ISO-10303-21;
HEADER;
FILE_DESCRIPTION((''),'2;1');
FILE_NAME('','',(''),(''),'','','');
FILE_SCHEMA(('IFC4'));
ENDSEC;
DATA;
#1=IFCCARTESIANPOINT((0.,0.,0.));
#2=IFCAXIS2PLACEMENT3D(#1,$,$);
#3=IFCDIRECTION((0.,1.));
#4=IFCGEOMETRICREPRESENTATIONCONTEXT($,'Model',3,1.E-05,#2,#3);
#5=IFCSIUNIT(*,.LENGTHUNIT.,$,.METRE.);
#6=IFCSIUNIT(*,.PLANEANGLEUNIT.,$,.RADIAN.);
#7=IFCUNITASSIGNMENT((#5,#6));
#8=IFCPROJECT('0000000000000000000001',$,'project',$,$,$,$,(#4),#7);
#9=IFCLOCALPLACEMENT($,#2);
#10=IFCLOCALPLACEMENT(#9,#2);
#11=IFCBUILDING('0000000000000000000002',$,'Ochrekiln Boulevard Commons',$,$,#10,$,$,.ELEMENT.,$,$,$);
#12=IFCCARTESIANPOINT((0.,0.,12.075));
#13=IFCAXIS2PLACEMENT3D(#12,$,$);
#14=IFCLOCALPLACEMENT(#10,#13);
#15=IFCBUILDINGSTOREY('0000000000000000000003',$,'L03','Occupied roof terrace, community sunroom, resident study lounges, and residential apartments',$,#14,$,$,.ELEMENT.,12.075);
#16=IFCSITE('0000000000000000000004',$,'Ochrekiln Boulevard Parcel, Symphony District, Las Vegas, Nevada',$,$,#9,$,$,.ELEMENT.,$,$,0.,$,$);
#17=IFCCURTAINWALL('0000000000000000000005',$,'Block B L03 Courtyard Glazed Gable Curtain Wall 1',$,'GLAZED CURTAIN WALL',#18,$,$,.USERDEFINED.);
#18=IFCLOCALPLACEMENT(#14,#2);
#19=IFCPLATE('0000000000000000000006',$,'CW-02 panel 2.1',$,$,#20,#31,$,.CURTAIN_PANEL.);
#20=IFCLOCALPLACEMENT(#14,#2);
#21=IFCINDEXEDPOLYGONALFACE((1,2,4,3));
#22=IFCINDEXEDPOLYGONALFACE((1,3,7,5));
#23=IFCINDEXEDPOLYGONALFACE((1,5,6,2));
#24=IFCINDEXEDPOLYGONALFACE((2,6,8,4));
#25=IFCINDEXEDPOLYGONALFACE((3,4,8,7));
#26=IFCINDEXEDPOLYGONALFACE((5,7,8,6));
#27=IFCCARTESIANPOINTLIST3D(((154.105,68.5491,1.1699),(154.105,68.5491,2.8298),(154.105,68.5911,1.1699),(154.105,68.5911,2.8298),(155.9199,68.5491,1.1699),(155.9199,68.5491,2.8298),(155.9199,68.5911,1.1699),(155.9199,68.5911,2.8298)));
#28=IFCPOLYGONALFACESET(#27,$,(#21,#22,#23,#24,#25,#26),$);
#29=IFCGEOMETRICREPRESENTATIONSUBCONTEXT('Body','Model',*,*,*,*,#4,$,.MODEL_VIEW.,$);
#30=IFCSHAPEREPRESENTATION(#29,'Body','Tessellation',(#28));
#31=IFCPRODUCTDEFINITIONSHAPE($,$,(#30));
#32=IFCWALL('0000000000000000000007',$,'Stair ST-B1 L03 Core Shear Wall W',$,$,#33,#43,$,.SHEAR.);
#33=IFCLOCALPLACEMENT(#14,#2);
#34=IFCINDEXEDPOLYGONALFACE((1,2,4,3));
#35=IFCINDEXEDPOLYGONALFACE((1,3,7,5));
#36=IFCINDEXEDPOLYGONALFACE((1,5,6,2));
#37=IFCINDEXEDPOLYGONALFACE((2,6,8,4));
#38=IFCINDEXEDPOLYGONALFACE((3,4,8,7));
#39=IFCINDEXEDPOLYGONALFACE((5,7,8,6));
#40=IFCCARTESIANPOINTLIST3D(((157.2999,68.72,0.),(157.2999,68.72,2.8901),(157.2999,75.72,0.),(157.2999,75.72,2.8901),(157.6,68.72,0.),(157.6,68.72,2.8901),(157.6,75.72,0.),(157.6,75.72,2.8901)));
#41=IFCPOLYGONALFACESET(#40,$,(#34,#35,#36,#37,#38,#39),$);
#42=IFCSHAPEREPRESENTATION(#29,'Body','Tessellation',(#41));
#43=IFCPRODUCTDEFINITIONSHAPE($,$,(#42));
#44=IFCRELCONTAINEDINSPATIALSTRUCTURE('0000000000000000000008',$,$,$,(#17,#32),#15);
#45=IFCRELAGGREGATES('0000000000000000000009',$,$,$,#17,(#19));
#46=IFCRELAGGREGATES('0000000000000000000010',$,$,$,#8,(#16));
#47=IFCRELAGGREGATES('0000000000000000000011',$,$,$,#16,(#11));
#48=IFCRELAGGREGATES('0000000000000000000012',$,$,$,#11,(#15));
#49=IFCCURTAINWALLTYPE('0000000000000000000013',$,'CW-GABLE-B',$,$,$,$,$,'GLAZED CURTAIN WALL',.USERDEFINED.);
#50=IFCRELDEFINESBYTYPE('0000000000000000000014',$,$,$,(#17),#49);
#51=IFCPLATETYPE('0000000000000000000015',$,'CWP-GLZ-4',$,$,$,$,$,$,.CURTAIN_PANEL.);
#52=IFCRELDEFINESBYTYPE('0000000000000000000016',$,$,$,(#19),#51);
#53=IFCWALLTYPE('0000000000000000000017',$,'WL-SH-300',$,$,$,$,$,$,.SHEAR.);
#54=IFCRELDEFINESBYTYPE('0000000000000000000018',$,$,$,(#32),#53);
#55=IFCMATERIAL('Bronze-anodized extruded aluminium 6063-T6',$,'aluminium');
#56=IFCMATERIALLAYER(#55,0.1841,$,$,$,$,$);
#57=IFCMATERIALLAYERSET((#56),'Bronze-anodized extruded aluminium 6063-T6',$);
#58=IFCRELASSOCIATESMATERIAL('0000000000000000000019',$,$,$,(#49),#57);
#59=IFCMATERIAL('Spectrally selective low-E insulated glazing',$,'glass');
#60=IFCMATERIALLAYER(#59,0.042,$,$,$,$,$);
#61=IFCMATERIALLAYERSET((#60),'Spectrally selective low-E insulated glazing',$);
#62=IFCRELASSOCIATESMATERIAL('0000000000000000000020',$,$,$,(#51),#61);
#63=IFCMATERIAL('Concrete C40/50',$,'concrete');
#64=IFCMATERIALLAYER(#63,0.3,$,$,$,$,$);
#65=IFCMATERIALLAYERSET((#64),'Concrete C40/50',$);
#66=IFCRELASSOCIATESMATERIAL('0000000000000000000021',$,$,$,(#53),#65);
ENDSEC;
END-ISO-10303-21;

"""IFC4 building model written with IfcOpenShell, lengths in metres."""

from ifc_helpers import new_model, si_unit, direction, frame, frame_2d, origin, origin_2d, place, context, subcontext, project, spatial, rectangle, extrude, material, layer, layer_set, type_object, element, aggregate, save


model = new_model("IFC4")

# Units and contexts
model_context = context("Model", 3, precision=1e-05, world=origin(), true_north=direction((0.0, 1.0)))
body_context = subcontext(model_context, "Body", "Model", "MODEL_VIEW")
ifc_project = project(units=[si_unit("LENGTHUNIT", "METRE"), si_unit("PLANEANGLEUNIT", "RADIAN")], contexts=[model_context])

# Site, building, storey
site_placement = place(None, origin())
site = spatial("IfcSite", under=ifc_project, at=site_placement, Name="Ochrekiln Boulevard Parcel, Symphony District, Las Vegas, Nevada", CompositionType="ELEMENT", RefElevation=0.0)
building_placement = place(site_placement, origin())
building = spatial("IfcBuilding", under=site, at=building_placement, Name="Ochrekiln Boulevard Commons", CompositionType="ELEMENT")
storey_placement = place(building_placement, frame((0.0, 0.0, 12.075)))
storey = spatial("IfcBuildingStorey", under=building, at=storey_placement, Name="L03", Description="Occupied roof terrace, community sunroom, resident study lounges, and residential apartments", CompositionType="ELEMENT", Elevation=12.075)

# Shared definitions
ifc_material_1 = material(Name="Concrete C40/50", Category="concrete")

# Curtain wall
ifc_material_2 = material(Name="Bronze-anodized extruded aluminium 6063-T6", Category="aluminium")
ifc_layer_1 = layer(ifc_material_2, 0.1841)
ifc_layer_set_1 = layer_set([ifc_layer_1], Name="Bronze-anodized extruded aluminium 6063-T6")
curtain_wall_type = type_object("IfcCurtainWallType", Name="CW-GABLE-B", ElementType="GLAZED CURTAIN WALL", PredefinedType="USERDEFINED", material=ifc_layer_set_1)
curtain_wall_1_placement = place(storey_placement, origin())
curtain_wall_1 = element("IfcCurtainWall", 1, at=curtain_wall_1_placement, inside=storey, type_object=curtain_wall_type, Name="Block B L03 Courtyard Glazed Gable Curtain Wall 1", ObjectType="GLAZED CURTAIN WALL", PredefinedType="USERDEFINED")

# Plate
ifc_material_3 = material(Name="Spectrally selective low-E insulated glazing", Category="glass")
ifc_layer_2 = layer(ifc_material_3, 0.042)
ifc_layer_set_2 = layer_set([ifc_layer_2], Name="Spectrally selective low-E insulated glazing")
plate_type_1 = type_object("IfcPlateType", Name="CWP-GLZ-4", PredefinedType="CURTAIN_PANEL", material=ifc_layer_set_2)
plate_1_placement = place(storey_placement, frame((155.0125, 68.5701, 1.1699), z_axis=(0.0, 0.0, 1.0), x_axis=(1.0, 0.0, 0.0)))
plate_1 = element("IfcPlate", 2, at=plate_1_placement, type_object=plate_type_1, Name="CW-02 panel 2.1", PredefinedType="CURTAIN_PANEL", context=body_context, shape_type="SweptSolid", body=[
    extrude(rectangle(XDim=1.8149, YDim=0.042, at=origin_2d()), origin(), (0.0, 0.0, 1.0), 1.6599),
])
aggregate(curtain_wall_1, [plate_1])

# Wall
ifc_layer_3 = layer(ifc_material_1, 0.3)
ifc_layer_set_3 = layer_set([ifc_layer_3], Name="Concrete C40/50")
wall_type_1 = type_object("IfcWallType", Name="WL-SH-300", PredefinedType="SHEAR", material=ifc_layer_set_3)
wall_1_placement = place(storey_placement, frame((157.45, 68.72, 0.0), z_axis=(0.0, 0.0, 1.0), x_axis=(0.0, 1.0, 0.0)))
element("IfcWall", 3, at=wall_1_placement, inside=storey, type_object=wall_type_1, Name="Stair ST-B1 L03 Core Shear Wall W", PredefinedType="SHEAR", context=body_context, shape_type="SweptSolid", body=[
    extrude(rectangle(XDim=7.0, YDim=0.3, at=frame_2d((3.5, 0.0))), origin(), (0.0, 0.0, 1.0), 2.8901),
])

save(model, "model.ifc")
